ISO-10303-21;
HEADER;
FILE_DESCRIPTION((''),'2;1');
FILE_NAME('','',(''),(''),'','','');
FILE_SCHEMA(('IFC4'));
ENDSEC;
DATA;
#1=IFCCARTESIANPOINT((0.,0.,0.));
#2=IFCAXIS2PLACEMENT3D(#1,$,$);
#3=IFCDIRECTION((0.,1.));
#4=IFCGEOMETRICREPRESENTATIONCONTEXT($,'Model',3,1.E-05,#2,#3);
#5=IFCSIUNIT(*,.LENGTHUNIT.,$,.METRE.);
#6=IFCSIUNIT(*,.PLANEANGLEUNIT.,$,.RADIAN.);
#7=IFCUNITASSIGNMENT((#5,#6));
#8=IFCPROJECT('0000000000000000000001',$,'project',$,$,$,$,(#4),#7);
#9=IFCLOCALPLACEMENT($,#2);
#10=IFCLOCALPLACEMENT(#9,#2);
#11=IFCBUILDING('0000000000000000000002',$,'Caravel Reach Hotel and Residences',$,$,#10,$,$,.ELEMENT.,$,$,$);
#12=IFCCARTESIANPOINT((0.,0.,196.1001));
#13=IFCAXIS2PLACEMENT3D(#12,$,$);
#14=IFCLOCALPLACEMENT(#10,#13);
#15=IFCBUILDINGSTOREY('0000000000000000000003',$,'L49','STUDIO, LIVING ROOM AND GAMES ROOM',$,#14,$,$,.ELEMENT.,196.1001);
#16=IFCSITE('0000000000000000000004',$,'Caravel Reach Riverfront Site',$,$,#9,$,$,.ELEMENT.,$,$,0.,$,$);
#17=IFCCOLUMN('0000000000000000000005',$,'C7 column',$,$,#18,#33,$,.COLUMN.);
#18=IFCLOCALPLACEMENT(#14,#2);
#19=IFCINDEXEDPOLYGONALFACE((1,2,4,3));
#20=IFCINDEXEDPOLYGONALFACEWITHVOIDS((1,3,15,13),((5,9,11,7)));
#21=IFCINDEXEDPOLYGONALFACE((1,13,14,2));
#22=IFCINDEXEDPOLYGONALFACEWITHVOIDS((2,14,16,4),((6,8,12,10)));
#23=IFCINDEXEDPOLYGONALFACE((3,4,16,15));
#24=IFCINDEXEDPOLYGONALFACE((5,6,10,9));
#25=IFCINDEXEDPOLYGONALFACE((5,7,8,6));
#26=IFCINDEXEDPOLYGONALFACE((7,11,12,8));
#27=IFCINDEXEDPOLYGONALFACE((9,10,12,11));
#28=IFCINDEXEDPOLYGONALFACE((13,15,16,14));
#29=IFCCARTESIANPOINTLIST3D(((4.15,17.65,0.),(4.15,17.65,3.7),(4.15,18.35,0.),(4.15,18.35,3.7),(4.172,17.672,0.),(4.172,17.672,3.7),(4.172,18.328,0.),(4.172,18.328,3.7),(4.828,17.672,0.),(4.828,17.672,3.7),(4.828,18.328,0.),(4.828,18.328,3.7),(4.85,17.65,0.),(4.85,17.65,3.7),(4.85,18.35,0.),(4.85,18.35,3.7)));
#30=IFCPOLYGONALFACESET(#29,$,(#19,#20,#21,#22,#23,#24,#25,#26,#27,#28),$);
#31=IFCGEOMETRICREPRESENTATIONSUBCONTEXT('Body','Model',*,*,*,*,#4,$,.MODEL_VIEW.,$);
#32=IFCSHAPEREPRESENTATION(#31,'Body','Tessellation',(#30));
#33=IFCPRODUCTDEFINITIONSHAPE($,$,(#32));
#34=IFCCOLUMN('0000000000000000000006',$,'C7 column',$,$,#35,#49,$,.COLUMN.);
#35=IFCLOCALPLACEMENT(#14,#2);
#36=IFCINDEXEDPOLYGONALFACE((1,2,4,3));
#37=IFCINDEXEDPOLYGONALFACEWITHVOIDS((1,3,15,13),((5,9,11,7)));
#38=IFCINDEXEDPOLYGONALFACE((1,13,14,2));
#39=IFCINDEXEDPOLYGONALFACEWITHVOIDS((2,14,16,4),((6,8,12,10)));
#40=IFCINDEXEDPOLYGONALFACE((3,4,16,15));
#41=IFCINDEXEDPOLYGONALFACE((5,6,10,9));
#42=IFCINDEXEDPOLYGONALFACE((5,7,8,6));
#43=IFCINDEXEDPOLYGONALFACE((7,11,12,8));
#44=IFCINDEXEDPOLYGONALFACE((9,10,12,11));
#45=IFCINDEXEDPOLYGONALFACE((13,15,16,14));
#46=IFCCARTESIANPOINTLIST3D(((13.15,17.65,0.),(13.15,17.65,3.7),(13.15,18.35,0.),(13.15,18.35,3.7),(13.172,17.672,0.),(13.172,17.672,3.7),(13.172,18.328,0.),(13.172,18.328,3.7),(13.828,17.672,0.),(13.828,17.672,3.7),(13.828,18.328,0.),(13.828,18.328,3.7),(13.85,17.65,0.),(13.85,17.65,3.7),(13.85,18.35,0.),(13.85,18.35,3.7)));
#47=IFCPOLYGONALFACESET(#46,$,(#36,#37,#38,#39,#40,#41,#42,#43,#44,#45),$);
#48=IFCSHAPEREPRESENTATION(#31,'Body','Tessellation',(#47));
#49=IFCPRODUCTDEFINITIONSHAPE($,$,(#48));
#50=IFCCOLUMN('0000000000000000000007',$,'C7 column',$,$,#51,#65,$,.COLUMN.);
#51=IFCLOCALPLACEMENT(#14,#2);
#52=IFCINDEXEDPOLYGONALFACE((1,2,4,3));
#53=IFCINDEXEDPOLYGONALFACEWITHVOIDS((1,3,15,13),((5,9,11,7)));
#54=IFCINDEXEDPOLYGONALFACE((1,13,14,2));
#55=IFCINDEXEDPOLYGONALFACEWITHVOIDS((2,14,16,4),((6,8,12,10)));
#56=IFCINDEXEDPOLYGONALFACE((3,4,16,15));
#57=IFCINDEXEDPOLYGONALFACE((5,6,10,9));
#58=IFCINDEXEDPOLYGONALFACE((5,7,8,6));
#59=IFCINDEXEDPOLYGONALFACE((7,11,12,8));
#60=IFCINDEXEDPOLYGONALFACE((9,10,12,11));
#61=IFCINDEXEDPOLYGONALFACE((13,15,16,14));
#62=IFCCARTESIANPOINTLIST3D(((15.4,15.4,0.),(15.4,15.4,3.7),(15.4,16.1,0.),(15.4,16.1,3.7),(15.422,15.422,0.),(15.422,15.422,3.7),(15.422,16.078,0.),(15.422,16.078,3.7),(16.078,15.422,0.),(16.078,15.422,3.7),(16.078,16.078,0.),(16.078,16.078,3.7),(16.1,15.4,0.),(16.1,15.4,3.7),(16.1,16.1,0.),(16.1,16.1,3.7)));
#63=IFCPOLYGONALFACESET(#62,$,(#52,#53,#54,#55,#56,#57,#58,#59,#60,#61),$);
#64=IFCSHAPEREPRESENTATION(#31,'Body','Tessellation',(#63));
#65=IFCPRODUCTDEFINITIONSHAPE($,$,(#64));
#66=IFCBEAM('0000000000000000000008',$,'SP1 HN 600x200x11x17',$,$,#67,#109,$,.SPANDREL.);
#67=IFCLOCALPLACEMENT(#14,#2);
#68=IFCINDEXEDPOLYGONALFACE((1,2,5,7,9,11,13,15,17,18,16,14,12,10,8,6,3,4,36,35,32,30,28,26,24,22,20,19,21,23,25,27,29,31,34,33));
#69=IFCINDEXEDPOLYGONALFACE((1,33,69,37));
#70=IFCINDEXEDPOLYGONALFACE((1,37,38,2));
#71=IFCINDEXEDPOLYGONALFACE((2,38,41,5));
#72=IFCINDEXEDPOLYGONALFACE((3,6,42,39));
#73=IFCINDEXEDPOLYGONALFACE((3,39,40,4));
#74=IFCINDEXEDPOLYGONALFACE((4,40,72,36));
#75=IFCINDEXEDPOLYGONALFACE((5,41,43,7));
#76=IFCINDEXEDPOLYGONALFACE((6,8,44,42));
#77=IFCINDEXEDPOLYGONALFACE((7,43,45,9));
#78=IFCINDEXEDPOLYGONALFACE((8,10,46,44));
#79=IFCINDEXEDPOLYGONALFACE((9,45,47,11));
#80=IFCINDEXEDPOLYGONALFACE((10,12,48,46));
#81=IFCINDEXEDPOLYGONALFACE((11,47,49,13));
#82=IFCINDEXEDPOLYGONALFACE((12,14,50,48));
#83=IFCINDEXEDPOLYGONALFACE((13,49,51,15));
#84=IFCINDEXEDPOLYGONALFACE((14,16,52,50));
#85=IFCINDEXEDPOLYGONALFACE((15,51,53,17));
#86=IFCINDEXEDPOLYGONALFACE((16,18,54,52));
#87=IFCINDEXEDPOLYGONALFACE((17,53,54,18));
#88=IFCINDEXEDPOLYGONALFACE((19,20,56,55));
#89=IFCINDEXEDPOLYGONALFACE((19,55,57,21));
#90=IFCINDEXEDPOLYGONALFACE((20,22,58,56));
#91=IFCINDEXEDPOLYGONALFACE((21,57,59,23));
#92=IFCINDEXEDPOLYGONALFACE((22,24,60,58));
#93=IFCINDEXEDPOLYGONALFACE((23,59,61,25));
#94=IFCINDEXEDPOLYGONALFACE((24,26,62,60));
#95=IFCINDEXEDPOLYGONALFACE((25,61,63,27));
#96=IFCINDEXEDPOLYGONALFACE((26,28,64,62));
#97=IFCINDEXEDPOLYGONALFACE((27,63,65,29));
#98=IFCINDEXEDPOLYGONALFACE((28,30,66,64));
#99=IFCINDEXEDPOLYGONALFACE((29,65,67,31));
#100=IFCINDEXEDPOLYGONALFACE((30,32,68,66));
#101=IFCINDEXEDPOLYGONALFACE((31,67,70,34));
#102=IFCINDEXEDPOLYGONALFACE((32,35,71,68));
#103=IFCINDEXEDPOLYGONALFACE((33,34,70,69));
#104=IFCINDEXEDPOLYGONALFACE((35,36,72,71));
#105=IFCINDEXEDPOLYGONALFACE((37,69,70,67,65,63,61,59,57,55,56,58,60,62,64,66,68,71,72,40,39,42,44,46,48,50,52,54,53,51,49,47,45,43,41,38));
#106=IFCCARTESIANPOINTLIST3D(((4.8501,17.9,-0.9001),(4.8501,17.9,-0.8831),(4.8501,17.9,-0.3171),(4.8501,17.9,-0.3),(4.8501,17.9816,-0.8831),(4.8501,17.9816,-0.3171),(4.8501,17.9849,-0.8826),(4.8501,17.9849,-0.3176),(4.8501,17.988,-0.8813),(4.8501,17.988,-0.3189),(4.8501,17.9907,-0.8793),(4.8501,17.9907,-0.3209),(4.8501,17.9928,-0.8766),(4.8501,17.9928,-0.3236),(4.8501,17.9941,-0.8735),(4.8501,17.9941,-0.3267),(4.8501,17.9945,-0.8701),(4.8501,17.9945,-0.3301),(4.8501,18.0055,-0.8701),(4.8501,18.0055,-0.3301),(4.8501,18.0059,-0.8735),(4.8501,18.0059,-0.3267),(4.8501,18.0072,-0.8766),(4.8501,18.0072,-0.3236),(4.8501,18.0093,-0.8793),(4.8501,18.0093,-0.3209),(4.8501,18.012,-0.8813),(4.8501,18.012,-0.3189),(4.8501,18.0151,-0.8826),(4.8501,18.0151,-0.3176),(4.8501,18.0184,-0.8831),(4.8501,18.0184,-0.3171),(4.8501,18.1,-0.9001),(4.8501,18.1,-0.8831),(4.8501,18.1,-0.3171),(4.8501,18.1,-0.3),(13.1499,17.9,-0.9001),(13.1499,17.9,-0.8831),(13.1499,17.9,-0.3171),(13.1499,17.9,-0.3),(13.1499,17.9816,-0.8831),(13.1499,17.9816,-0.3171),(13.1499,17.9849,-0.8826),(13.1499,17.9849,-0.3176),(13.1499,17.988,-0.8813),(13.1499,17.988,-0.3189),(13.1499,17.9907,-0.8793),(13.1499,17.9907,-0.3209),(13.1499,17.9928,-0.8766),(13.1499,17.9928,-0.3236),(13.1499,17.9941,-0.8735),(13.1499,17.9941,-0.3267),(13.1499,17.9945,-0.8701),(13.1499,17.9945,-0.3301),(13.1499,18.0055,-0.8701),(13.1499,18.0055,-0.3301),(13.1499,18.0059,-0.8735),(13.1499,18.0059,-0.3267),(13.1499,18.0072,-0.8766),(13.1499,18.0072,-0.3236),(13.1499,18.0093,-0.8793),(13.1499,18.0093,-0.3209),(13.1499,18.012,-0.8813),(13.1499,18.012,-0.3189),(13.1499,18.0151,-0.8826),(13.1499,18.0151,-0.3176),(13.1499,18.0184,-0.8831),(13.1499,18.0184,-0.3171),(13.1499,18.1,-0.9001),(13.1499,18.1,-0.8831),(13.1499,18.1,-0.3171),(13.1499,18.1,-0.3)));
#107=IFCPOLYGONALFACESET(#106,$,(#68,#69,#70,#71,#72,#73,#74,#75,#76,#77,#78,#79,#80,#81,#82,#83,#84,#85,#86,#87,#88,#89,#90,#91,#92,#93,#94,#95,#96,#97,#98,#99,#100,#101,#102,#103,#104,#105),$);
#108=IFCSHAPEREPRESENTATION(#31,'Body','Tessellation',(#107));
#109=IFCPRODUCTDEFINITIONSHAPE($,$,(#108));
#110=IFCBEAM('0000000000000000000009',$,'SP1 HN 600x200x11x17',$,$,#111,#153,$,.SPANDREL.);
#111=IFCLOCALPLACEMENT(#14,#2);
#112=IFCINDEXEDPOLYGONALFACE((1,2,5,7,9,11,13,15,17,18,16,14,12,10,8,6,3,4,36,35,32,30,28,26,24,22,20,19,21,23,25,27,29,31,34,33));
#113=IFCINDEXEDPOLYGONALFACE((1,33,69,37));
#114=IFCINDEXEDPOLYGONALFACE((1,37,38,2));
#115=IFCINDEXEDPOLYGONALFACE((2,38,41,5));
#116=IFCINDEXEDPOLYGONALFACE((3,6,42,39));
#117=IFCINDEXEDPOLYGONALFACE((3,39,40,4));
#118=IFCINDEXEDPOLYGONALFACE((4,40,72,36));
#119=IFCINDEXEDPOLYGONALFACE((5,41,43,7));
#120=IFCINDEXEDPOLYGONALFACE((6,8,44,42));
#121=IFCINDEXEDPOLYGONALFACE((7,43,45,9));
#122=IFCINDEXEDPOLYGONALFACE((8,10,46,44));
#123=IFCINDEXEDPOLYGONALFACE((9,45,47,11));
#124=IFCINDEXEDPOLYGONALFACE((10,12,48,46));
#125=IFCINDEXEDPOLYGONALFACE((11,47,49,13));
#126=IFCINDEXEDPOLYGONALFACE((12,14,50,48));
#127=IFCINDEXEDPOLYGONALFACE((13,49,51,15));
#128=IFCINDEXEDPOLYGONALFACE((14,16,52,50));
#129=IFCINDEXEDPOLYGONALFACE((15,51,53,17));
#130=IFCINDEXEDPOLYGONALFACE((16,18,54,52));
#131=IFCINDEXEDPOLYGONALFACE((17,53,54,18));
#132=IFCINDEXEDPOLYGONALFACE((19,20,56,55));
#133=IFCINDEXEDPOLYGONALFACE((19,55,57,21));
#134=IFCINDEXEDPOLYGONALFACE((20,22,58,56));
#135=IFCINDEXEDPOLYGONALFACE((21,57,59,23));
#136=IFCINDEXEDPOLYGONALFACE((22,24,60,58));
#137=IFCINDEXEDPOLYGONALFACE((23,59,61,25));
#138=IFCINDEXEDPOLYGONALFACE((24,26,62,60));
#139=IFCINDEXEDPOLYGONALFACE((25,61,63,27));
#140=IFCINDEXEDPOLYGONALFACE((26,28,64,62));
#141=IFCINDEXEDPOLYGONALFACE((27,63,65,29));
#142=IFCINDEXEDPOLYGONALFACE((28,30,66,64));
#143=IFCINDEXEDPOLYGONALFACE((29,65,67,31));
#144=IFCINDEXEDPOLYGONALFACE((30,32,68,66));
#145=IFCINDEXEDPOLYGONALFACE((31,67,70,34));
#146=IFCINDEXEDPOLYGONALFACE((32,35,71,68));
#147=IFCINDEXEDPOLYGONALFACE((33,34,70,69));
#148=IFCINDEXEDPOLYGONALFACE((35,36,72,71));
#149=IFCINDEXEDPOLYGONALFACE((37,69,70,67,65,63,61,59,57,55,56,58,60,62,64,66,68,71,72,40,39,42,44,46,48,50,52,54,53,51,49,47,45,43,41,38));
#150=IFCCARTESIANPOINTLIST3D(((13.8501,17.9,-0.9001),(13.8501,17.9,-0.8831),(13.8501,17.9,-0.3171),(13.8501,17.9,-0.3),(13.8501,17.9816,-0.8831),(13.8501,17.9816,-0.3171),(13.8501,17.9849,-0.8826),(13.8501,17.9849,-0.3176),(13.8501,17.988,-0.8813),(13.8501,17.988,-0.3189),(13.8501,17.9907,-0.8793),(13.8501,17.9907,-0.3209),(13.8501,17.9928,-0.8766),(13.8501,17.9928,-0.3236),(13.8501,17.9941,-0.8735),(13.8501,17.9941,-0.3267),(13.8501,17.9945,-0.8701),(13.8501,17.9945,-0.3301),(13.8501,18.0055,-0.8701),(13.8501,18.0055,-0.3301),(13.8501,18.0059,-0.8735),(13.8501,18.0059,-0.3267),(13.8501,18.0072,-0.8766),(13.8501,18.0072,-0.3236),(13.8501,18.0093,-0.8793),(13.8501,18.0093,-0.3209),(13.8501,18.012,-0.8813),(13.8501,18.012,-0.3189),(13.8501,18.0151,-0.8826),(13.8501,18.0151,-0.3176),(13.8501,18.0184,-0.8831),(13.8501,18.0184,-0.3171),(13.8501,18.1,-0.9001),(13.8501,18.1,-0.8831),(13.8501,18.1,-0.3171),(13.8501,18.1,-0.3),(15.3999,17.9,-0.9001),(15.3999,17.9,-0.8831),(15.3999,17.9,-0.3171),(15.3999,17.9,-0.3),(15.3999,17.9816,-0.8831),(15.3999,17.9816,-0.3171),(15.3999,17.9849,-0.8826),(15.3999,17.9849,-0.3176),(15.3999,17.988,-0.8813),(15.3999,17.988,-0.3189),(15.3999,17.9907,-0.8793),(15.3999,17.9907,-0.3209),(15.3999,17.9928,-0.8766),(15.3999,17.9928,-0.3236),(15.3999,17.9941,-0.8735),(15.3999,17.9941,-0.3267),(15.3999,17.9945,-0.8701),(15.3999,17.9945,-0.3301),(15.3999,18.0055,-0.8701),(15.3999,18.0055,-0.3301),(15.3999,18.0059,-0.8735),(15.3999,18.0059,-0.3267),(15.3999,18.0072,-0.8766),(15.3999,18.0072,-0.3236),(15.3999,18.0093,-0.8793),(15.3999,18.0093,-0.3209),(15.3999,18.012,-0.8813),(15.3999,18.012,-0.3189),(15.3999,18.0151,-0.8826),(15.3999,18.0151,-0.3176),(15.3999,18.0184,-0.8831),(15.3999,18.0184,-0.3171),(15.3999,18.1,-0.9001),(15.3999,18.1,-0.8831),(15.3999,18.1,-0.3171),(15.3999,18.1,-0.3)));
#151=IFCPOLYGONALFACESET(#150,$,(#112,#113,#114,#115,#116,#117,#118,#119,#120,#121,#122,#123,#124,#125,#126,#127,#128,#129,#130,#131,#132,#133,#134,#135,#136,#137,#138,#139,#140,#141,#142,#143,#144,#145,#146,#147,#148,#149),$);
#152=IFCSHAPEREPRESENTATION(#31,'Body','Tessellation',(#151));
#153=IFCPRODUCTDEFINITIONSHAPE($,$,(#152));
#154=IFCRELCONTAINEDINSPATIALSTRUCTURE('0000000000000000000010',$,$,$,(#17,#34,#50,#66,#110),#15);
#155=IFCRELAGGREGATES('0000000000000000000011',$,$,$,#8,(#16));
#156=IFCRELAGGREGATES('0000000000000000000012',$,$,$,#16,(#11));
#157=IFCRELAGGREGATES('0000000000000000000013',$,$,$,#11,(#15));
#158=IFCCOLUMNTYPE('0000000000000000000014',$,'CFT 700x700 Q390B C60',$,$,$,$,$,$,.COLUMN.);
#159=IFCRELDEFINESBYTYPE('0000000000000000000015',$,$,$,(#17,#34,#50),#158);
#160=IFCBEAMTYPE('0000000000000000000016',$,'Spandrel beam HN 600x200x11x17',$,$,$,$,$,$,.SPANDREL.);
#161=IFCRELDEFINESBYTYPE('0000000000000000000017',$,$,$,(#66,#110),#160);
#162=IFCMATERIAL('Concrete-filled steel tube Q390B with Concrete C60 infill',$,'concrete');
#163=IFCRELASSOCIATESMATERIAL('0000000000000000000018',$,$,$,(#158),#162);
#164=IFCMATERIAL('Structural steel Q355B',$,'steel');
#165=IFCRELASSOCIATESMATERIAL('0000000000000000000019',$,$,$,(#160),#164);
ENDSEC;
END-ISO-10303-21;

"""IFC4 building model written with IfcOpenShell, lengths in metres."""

from ifc_helpers import new_model, si_unit, direction, frame, origin, origin_2d, place, context, subcontext, project, spatial, hollow_rectangle, i_section, extrude, material, material_profile, profile_set, type_object, element, save


model = new_model("IFC4")

# Units and contexts
model_context = context("Model", 3, precision=1e-05, world=origin(), true_north=direction((0.0, 1.0)))
body_context = subcontext(model_context, "Body", "Model", "MODEL_VIEW")
ifc_project = project(units=[si_unit("LENGTHUNIT", "METRE"), si_unit("PLANEANGLEUNIT", "RADIAN")], contexts=[model_context])

# Site, building, storey
site_placement = place(None, origin())
site = spatial("IfcSite", under=ifc_project, at=site_placement, Name="Caravel Reach Riverfront Site", CompositionType="ELEMENT", RefElevation=0.0)
building_placement = place(site_placement, origin())
building = spatial("IfcBuilding", under=site, at=building_placement, Name="Caravel Reach Hotel and Residences", CompositionType="ELEMENT")
storey_placement = place(building_placement, frame((0.0, 0.0, 196.1001)))
storey = spatial("IfcBuildingStorey", under=building, at=storey_placement, Name="L49", Description="STUDIO, LIVING ROOM AND GAMES ROOM", CompositionType="ELEMENT", Elevation=196.1001)

# Columns
ifc_material_1 = material(Name="Concrete-filled steel tube Q390B with Concrete C60 infill", Category="concrete")
ifc_material_profile_1 = material_profile(ifc_material_1, hollow_rectangle(XDim=0.7, YDim=0.7, WallThickness=0.022, at=origin_2d()), Name="RHS 700x700x22")
ifc_profile_set_1 = profile_set([ifc_material_profile_1], Name="Concrete-filled steel tube Q390B with Concrete C60 infill")
column_type = type_object("IfcColumnType", Name="CFT 700x700 Q390B C60", PredefinedType="COLUMN", material=ifc_profile_set_1)
for number, where, z_axis, x_axis, name in (
    (1, (4.5, 18.0, 0.0), (0.0, 0.0, 1.0), (1.0, 0.0, 0.0), "C7 column"),
    (2, (13.5, 18.0, 0.0), (0.0, 0.0, 1.0), (1.0, 0.0, 0.0), "C7 column"),
    (3, (15.75, 15.75, 0.0), (0.0, 0.0, 1.0), (1.0, 0.0, 0.0), "C7 column"),
):
    element("IfcColumn", number, at=place(storey_placement, frame(where, z_axis=z_axis, x_axis=x_axis)), inside=storey, type_object=column_type, Name=name, PredefinedType="COLUMN", context=body_context, shape_type="SweptSolid", body=[
        extrude(hollow_rectangle(XDim=0.7, YDim=0.7, WallThickness=0.022, at=origin_2d()), origin(), (0.0, 0.0, 1.0), 3.7),
    ])

# Beams
ifc_material_2 = material(Name="Structural steel Q355B", Category="steel")
ifc_material_profile_2 = material_profile(ifc_material_2, i_section(OverallWidth=0.2, OverallDepth=0.6001, WebThickness=0.011, FlangeThickness=0.0171, FilletRadius=0.0129, at=origin_2d()), Name="HN 600x200x11x17")
ifc_profile_set_2 = profile_set([ifc_material_profile_2], Name="Structural steel Q355B")
beam_type = type_object("IfcBeamType", Name="Spandrel beam HN 600x200x11x17", PredefinedType="SPANDREL", material=ifc_profile_set_2)
beam_1_placement = place(storey_placement, frame((4.8501, 18.0, -0.6001), z_axis=(1.0, 0.0, 0.0), x_axis=(0.0, 1.0, 0.0)))
element("IfcBeam", 4, at=beam_1_placement, inside=storey, type_object=beam_type, Name="SP1 HN 600x200x11x17", PredefinedType="SPANDREL", context=body_context, shape_type="SweptSolid", body=[
    extrude(i_section(OverallWidth=0.2, OverallDepth=0.6001, WebThickness=0.011, FlangeThickness=0.0171, FilletRadius=0.0129, at=origin_2d()), origin(), (0.0, 0.0, 1.0), 8.2998),
])
beam_2_placement = place(storey_placement, frame((13.8501, 18.0, -0.6001), z_axis=(1.0, 0.0, 0.0), x_axis=(0.0, 1.0, 0.0)))
element("IfcBeam", 5, at=beam_2_placement, inside=storey, type_object=beam_type, Name="SP1 HN 600x200x11x17", PredefinedType="SPANDREL", context=body_context, shape_type="SweptSolid", body=[
    extrude(i_section(OverallWidth=0.2, OverallDepth=0.6001, WebThickness=0.011, FlangeThickness=0.0171, FilletRadius=0.0129, at=origin_2d()), origin(), (0.0, 0.0, 1.0), 1.5498),
])

save(model, "model.ifc")
